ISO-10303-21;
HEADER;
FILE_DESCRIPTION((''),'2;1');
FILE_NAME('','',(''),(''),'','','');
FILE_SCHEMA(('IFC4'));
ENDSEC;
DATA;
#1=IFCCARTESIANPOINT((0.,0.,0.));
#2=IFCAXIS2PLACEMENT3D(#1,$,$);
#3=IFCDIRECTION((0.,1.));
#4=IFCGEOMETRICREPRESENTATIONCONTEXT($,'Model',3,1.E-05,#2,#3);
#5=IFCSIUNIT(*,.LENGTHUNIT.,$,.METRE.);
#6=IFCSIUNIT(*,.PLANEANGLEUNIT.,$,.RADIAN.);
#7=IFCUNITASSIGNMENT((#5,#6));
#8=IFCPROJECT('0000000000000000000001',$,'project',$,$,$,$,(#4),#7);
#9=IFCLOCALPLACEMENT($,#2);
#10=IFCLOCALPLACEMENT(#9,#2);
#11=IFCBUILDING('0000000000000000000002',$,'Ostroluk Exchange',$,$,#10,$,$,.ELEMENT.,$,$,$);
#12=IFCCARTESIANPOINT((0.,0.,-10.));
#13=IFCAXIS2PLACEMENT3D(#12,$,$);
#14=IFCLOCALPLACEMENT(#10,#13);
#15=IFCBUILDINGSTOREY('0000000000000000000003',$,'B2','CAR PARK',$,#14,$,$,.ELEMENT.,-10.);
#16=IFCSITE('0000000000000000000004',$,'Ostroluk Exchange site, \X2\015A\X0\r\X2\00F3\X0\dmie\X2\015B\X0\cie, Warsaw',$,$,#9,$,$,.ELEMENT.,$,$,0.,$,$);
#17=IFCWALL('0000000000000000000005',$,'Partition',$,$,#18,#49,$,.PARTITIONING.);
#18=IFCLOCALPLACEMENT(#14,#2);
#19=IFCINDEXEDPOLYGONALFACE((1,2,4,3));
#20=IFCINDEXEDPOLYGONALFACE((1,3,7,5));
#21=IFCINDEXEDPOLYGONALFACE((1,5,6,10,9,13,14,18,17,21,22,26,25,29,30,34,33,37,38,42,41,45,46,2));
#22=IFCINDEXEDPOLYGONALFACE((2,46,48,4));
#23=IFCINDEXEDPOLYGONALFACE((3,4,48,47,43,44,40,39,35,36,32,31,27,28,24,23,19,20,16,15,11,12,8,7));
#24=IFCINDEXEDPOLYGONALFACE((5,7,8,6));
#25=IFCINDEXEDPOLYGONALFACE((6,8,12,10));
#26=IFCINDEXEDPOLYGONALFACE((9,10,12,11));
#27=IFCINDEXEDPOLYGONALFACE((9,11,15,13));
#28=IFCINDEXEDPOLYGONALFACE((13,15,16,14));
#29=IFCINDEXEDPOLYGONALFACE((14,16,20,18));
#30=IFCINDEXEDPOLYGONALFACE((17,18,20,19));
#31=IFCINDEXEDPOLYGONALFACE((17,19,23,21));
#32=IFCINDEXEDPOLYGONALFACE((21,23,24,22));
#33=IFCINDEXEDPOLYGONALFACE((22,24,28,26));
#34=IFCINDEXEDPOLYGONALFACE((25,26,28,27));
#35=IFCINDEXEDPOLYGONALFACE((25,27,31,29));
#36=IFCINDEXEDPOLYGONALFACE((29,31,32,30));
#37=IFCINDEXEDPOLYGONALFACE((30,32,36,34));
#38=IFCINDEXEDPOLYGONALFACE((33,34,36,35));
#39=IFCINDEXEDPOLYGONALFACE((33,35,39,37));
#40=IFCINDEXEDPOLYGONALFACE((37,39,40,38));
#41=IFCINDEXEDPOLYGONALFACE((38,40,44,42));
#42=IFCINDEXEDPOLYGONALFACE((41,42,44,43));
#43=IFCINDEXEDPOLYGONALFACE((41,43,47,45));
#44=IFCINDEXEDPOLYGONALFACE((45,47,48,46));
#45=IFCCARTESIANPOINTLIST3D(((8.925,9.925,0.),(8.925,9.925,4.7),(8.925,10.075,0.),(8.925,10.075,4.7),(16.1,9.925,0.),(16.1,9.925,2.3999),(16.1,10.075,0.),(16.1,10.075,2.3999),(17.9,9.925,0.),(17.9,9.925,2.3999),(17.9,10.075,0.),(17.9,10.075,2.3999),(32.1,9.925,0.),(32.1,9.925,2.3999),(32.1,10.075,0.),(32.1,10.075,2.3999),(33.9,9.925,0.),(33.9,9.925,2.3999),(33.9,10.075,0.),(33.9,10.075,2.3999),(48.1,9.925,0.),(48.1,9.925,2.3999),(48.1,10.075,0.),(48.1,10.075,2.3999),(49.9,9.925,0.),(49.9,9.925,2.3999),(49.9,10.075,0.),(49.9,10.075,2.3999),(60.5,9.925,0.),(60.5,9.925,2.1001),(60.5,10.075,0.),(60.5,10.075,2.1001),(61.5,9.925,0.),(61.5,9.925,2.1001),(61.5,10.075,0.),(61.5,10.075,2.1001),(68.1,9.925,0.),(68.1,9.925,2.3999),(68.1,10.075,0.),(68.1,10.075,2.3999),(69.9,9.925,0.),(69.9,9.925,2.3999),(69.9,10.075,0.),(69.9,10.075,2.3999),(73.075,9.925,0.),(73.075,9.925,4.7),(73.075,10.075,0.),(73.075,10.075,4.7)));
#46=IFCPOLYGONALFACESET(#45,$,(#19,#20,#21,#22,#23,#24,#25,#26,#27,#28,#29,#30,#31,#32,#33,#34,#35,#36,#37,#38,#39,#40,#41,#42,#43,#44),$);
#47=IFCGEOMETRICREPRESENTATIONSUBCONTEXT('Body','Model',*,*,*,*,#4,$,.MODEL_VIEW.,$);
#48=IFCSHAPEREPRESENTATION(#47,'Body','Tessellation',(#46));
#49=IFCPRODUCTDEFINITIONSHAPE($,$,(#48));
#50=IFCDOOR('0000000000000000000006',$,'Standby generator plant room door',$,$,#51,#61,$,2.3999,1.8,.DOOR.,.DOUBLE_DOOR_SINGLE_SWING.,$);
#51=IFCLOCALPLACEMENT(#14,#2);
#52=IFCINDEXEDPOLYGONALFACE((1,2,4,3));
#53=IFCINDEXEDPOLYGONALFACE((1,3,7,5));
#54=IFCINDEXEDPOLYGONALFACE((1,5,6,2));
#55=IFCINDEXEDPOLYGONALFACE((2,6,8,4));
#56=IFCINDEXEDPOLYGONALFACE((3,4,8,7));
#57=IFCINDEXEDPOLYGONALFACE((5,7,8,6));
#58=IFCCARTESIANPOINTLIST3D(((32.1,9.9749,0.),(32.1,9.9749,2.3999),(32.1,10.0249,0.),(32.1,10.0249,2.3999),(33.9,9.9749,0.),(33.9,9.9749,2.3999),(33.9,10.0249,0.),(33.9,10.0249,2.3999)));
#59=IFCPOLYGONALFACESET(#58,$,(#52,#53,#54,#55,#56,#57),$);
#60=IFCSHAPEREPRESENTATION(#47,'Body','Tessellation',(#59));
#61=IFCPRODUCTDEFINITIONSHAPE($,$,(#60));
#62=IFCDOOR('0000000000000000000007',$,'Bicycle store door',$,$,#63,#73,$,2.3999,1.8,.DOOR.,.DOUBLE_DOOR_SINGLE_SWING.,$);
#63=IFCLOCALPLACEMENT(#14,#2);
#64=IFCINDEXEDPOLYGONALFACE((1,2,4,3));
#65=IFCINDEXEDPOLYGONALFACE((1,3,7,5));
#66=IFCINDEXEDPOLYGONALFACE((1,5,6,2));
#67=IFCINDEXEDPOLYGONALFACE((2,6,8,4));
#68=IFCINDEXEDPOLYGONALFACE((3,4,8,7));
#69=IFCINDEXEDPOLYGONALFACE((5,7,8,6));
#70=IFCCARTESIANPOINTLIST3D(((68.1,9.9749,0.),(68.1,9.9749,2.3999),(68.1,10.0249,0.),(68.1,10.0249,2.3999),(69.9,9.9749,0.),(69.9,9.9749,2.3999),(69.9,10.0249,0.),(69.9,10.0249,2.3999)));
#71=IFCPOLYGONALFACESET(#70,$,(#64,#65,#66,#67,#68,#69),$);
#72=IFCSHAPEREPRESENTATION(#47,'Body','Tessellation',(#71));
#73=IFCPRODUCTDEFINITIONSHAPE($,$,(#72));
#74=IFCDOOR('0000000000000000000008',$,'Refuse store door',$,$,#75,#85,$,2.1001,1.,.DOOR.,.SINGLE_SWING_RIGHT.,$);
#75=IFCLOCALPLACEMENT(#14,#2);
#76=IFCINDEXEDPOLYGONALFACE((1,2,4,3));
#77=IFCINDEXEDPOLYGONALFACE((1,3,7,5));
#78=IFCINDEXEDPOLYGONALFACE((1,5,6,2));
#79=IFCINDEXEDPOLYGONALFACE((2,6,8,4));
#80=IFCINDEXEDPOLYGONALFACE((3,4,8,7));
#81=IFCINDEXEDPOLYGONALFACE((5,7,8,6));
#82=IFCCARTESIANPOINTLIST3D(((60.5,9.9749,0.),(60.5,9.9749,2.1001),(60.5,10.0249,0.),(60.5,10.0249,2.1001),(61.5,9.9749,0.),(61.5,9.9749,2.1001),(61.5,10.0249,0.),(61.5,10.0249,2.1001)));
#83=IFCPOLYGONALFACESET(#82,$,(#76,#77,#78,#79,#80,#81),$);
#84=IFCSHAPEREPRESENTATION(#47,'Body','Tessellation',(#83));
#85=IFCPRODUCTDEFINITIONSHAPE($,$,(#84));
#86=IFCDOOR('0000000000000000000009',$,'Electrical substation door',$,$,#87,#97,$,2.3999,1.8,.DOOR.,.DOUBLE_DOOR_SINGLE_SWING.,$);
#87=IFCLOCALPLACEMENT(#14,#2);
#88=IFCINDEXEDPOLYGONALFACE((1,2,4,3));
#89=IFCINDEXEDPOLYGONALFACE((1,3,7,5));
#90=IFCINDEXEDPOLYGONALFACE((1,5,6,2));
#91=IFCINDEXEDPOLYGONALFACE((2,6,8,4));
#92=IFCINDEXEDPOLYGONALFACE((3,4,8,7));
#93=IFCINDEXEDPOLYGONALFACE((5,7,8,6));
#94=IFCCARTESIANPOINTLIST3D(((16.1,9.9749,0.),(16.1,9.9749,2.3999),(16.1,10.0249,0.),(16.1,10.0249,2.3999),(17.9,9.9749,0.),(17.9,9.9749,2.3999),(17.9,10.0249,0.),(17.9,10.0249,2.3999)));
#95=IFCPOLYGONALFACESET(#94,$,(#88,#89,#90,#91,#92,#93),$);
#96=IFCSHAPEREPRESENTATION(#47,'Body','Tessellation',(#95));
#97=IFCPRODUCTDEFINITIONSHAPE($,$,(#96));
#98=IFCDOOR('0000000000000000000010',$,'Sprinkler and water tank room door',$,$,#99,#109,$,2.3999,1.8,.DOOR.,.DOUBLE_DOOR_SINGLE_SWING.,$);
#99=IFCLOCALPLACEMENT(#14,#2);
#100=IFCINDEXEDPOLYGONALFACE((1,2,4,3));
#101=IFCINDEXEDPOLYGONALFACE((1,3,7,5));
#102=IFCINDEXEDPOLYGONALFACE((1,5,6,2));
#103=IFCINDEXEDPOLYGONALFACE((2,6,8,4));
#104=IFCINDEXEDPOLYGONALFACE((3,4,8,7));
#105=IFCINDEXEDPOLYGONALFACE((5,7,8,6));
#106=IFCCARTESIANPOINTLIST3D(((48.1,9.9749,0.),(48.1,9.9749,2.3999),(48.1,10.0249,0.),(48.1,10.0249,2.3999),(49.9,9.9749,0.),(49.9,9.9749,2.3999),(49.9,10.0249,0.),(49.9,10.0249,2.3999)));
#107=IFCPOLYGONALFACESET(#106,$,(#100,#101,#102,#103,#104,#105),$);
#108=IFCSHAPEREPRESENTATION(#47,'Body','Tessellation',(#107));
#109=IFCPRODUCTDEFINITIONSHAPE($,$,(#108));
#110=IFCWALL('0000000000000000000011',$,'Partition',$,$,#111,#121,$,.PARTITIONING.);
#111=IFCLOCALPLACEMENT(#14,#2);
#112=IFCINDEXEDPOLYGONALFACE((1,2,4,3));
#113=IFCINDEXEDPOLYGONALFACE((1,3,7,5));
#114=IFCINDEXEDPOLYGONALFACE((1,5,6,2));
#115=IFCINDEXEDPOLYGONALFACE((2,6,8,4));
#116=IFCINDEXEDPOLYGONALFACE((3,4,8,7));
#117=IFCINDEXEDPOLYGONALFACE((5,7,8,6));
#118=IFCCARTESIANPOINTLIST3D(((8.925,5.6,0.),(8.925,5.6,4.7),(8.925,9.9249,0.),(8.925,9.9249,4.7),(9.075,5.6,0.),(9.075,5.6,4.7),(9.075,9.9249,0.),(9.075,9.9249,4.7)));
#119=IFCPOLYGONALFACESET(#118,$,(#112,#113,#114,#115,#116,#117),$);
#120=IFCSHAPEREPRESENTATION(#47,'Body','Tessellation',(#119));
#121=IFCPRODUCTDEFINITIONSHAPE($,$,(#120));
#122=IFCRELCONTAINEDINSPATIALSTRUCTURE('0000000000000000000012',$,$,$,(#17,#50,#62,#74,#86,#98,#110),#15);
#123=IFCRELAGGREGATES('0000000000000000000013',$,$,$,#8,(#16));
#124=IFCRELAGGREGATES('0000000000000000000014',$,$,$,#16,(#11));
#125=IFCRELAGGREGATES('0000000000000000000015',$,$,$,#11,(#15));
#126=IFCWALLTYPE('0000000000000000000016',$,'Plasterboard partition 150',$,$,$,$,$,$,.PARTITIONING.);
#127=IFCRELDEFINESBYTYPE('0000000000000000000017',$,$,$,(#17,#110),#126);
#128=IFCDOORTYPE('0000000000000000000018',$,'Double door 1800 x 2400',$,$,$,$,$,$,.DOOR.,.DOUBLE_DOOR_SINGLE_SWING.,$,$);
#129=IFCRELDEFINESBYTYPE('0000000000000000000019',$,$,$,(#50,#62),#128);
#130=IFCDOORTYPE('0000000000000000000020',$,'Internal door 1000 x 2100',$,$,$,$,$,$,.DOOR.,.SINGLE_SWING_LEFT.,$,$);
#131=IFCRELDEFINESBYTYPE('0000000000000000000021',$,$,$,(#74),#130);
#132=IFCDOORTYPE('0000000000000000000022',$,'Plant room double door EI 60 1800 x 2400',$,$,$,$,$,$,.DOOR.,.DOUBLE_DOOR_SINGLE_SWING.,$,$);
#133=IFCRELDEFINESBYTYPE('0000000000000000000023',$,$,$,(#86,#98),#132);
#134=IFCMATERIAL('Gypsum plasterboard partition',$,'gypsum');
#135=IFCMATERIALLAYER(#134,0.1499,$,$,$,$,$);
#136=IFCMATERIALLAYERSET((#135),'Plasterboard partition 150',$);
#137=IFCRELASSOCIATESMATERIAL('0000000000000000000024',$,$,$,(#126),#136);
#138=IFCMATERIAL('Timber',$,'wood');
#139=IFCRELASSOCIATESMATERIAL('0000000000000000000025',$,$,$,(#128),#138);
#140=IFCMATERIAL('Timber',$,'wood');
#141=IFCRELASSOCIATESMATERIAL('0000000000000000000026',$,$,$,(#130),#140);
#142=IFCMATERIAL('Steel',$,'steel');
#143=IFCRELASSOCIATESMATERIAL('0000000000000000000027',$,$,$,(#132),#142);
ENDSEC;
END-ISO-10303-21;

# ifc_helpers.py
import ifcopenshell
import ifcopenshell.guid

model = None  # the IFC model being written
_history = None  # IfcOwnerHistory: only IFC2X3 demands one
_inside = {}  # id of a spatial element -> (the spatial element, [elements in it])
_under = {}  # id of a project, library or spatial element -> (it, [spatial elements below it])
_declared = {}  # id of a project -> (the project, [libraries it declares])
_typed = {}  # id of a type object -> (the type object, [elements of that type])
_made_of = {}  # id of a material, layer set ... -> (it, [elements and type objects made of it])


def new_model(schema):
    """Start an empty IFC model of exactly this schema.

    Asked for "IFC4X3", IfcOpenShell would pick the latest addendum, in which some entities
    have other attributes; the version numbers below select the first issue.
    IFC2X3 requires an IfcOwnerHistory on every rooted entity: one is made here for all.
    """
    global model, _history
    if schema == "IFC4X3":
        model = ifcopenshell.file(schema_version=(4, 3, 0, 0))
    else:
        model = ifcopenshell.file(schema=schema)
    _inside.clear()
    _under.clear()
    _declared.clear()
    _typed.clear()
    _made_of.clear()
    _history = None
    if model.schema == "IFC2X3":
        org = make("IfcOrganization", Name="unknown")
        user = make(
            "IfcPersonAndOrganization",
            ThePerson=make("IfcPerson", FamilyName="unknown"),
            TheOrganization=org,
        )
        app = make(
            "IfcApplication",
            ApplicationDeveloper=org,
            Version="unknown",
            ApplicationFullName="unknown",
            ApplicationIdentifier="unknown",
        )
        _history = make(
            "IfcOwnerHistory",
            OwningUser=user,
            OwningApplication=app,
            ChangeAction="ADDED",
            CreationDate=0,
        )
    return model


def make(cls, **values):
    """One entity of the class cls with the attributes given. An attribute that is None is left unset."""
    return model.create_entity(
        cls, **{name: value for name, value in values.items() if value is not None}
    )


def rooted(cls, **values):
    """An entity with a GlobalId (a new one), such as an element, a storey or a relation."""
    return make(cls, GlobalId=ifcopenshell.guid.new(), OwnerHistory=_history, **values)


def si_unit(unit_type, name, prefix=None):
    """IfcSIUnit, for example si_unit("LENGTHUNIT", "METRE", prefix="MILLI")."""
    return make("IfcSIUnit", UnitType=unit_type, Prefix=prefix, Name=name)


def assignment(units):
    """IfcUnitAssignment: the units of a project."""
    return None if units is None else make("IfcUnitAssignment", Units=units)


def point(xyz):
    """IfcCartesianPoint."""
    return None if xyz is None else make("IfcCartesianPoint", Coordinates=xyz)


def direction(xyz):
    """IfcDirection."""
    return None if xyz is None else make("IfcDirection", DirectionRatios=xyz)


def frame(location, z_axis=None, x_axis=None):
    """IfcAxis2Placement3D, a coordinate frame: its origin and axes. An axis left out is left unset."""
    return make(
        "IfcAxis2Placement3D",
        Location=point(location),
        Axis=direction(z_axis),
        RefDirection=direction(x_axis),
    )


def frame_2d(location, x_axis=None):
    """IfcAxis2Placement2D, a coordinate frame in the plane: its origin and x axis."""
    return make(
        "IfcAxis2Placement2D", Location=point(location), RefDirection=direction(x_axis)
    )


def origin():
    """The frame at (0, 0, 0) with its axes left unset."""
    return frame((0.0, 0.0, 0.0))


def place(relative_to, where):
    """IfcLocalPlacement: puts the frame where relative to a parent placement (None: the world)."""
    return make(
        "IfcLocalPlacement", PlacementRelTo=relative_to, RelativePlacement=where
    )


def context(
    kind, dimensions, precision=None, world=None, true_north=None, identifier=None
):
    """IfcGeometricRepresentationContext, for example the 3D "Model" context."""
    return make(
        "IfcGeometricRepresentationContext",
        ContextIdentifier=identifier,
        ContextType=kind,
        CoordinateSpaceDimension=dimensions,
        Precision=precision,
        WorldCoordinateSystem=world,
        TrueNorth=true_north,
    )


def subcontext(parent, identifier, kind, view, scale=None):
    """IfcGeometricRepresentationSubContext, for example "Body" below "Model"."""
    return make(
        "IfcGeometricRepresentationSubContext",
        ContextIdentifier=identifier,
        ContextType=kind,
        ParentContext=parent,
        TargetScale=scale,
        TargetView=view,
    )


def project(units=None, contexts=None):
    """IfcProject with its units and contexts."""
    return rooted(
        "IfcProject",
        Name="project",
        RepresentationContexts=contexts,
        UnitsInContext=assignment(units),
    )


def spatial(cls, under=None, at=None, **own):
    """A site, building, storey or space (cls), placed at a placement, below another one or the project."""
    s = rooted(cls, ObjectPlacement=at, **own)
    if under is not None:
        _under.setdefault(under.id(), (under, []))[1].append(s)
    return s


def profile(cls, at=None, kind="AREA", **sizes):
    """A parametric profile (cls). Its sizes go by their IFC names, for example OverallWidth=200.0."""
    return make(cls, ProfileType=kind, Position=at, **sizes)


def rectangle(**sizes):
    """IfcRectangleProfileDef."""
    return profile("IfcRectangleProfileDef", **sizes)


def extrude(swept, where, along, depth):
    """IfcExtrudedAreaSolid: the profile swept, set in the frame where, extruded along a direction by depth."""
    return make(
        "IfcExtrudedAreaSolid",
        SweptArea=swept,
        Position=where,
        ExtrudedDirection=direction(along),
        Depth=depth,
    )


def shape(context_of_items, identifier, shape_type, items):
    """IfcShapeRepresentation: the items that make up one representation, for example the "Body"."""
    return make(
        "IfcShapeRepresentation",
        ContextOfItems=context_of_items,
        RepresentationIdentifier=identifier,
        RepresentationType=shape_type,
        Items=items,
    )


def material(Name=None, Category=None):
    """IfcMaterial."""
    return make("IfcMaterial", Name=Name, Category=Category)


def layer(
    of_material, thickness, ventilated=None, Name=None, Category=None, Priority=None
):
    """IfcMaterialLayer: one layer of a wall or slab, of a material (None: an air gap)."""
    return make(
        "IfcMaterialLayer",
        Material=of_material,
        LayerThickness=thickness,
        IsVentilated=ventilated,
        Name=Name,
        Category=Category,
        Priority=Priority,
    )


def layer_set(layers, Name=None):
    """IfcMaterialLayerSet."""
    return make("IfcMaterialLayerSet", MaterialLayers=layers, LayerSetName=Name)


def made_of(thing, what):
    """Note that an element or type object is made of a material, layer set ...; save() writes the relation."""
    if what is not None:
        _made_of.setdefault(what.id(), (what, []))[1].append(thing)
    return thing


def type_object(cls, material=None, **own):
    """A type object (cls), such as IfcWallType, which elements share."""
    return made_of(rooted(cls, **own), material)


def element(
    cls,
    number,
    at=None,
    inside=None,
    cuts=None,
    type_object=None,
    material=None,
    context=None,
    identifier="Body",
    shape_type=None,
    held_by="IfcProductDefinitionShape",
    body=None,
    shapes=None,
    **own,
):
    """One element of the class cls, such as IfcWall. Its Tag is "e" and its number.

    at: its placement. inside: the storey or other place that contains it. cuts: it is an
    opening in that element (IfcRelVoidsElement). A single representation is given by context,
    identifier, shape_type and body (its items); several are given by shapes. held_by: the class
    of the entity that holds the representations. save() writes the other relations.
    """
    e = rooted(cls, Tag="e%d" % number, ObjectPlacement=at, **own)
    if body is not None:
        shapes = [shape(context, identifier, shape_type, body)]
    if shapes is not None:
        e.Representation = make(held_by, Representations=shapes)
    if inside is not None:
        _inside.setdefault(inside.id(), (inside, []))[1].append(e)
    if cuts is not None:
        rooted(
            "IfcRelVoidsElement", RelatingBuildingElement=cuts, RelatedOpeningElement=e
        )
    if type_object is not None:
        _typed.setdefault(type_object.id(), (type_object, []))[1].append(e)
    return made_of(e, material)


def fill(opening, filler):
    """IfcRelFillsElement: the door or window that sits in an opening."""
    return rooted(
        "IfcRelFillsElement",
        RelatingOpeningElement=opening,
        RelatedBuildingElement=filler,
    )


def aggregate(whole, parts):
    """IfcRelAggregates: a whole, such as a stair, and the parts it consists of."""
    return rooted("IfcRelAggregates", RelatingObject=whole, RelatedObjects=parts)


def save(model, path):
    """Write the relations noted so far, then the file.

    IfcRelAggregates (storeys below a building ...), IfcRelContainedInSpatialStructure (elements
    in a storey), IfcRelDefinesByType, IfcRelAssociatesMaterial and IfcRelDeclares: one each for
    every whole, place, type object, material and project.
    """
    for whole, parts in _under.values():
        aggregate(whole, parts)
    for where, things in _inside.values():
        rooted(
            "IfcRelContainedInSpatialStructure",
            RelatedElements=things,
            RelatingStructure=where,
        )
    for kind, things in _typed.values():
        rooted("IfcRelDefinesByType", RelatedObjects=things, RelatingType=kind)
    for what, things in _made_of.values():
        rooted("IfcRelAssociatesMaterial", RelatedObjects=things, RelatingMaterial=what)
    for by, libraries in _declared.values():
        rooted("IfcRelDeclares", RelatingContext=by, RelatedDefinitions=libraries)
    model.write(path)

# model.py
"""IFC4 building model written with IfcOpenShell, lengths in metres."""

from ifc_helpers import new_model, si_unit, direction, frame, frame_2d, origin, place, context, subcontext, project, spatial, rectangle, extrude, material, layer, layer_set, type_object, element, fill, save


model = new_model("IFC4")

# Units and contexts
model_context = context("Model", 3, precision=1e-05, world=origin(), true_north=direction((0.0, 1.0)))
body_context = subcontext(model_context, "Body", "Model", "MODEL_VIEW")
ifc_project = project(units=[si_unit("LENGTHUNIT", "METRE"), si_unit("PLANEANGLEUNIT", "RADIAN")], contexts=[model_context])

# Site, building, storey
site_placement = place(None, origin())
site = spatial("IfcSite", under=ifc_project, at=site_placement, Name="Ostroluk Exchange site, Śródmieście, Warsaw", CompositionType="ELEMENT", RefElevation=0.0)
building_placement = place(site_placement, origin())
building = spatial("IfcBuilding", under=site, at=building_placement, Name="Ostroluk Exchange", CompositionType="ELEMENT")
storey_placement = place(building_placement, frame((0.0, 0.0, -10.0)))
storey = spatial("IfcBuildingStorey", under=building, at=storey_placement, Name="B2", Description="CAR PARK", CompositionType="ELEMENT", Elevation=-10.0)

# Wall, openings, doors
ifc_material_1 = material(Name="Gypsum plasterboard partition", Category="gypsum")
ifc_layer_1 = layer(ifc_material_1, 0.1499)
ifc_layer_set_1 = layer_set([ifc_layer_1], Name="Plasterboard partition 150")
wall_type = type_object("IfcWallType", Name="Plasterboard partition 150", PredefinedType="PARTITIONING", material=ifc_layer_set_1)
wall_1_placement = place(storey_placement, frame((8.925, 10.0, 0.0), z_axis=(0.0, 0.0, 1.0), x_axis=(1.0, 0.0, 0.0)))
wall_1 = element("IfcWall", 1, at=wall_1_placement, inside=storey, type_object=wall_type, Name="Partition", PredefinedType="PARTITIONING", context=body_context, shape_type="SweptSolid", body=[
    extrude(rectangle(XDim=64.1499, YDim=0.1499, at=frame_2d((32.075, 0.0))), origin(), (0.0, 0.0, 1.0), 4.7),
])
opening_1_placement = place(wall_1_placement, frame((7.175, 0.0, 0.0)))
opening_1 = element("IfcOpeningElement", 2, at=opening_1_placement, cuts=wall_1, PredefinedType="OPENING", context=body_context, shape_type="SweptSolid", body=[
    extrude(rectangle(XDim=1.8, YDim=2.3999, at=frame_2d((0.8999, 1.2))), frame((0.0, 0.085, 0.0), z_axis=(0.0, -1.0, 0.0), x_axis=(1.0, 0.0, 0.0)), (0.0, 0.0, 1.0), 0.1699),
])
opening_2_placement = place(wall_1_placement, frame((23.175, 0.0, 0.0)))
opening_2 = element("IfcOpeningElement", 3, at=opening_2_placement, cuts=wall_1, PredefinedType="OPENING", context=body_context, shape_type="SweptSolid", body=[
    extrude(rectangle(XDim=1.8, YDim=2.3999, at=frame_2d((0.8999, 1.2))), frame((0.0, 0.085, 0.0), z_axis=(0.0, -1.0, 0.0), x_axis=(1.0, 0.0, 0.0)), (0.0, 0.0, 1.0), 0.1699),
])
opening_3_placement = place(wall_1_placement, frame((39.175, 0.0, 0.0)))
opening_3 = element("IfcOpeningElement", 4, at=opening_3_placement, cuts=wall_1, PredefinedType="OPENING", context=body_context, shape_type="SweptSolid", body=[
    extrude(rectangle(XDim=1.8, YDim=2.3999, at=frame_2d((0.8999, 1.2))), frame((0.0, 0.085, 0.0), z_axis=(0.0, -1.0, 0.0), x_axis=(1.0, 0.0, 0.0)), (0.0, 0.0, 1.0), 0.1699),
])
opening_4_placement = place(wall_1_placement, frame((51.575, 0.0, 0.0)))
opening_4 = element("IfcOpeningElement", 5, at=opening_4_placement, cuts=wall_1, PredefinedType="OPENING", context=body_context, shape_type="SweptSolid", body=[
    extrude(rectangle(XDim=1.0, YDim=2.1001, at=frame_2d((0.5, 1.05))), frame((0.0, 0.085, 0.0), z_axis=(0.0, -1.0, 0.0), x_axis=(1.0, 0.0, 0.0)), (0.0, 0.0, 1.0), 0.1699),
])
opening_5_placement = place(wall_1_placement, frame((59.175, 0.0, 0.0)))
opening_5 = element("IfcOpeningElement", 6, at=opening_5_placement, cuts=wall_1, PredefinedType="OPENING", context=body_context, shape_type="SweptSolid", body=[
    extrude(rectangle(XDim=1.8, YDim=2.3999, at=frame_2d((0.8999, 1.2))), frame((0.0, 0.085, 0.0), z_axis=(0.0, -1.0, 0.0), x_axis=(1.0, 0.0, 0.0)), (0.0, 0.0, 1.0), 0.1699),
])
ifc_material_2 = material(Name="Timber", Category="wood")
door_type_1 = type_object("IfcDoorType", Name="Double door 1800 x 2400", OperationType="DOUBLE_DOOR_SINGLE_SWING", PredefinedType="DOOR", material=ifc_material_2)
door_1_placement = place(opening_2_placement, origin())
door_1 = element("IfcDoor", 7, at=door_1_placement, inside=storey, type_object=door_type_1, Name="Standby generator plant room door", OperationType="DOUBLE_DOOR_SINGLE_SWING", OverallHeight=2.3999, OverallWidth=1.8, PredefinedType="DOOR", context=body_context, shape_type="SweptSolid", body=[
    extrude(rectangle(XDim=1.8, YDim=2.3999, at=frame_2d((0.8999, 1.2))), frame((0.0, 0.0249, 0.0), z_axis=(0.0, -1.0, 0.0), x_axis=(1.0, 0.0, 0.0)), (0.0, 0.0, 1.0), 0.05),
])
fill(opening_2, door_1)
door_2_placement = place(opening_5_placement, origin())
door_2 = element("IfcDoor", 8, at=door_2_placement, inside=storey, type_object=door_type_1, Name="Bicycle store door", OperationType="DOUBLE_DOOR_SINGLE_SWING", OverallHeight=2.3999, OverallWidth=1.8, PredefinedType="DOOR", context=body_context, shape_type="SweptSolid", body=[
    extrude(rectangle(XDim=1.8, YDim=2.3999, at=frame_2d((0.8999, 1.2))), frame((0.0, 0.0249, 0.0), z_axis=(0.0, -1.0, 0.0), x_axis=(1.0, 0.0, 0.0)), (0.0, 0.0, 1.0), 0.05),
])
fill(opening_5, door_2)
ifc_material_3 = material(Name="Timber", Category="wood")
door_type_2 = type_object("IfcDoorType", Name="Internal door 1000 x 2100", OperationType="SINGLE_SWING_LEFT", PredefinedType="DOOR", material=ifc_material_3)
door_3_placement = place(opening_4_placement, origin())
door_3 = element("IfcDoor", 9, at=door_3_placement, inside=storey, type_object=door_type_2, Name="Refuse store door", OperationType="SINGLE_SWING_RIGHT", OverallHeight=2.1001, OverallWidth=1.0, PredefinedType="DOOR", context=body_context, shape_type="SweptSolid", body=[
    extrude(rectangle(XDim=1.0, YDim=2.1001, at=frame_2d((0.5, 1.05))), frame((0.0, 0.0249, 0.0), z_axis=(0.0, -1.0, 0.0), x_axis=(1.0, 0.0, 0.0)), (0.0, 0.0, 1.0), 0.05),
])
fill(opening_4, door_3)
ifc_material_4 = material(Name="Steel", Category="steel")
door_type_3 = type_object("IfcDoorType", Name="Plant room double door EI 60 1800 x 2400", OperationType="DOUBLE_DOOR_SINGLE_SWING", PredefinedType="DOOR", material=ifc_material_4)
door_4_placement = place(opening_1_placement, origin())
door_4 = element("IfcDoor", 10, at=door_4_placement, inside=storey, type_object=door_type_3, Name="Electrical substation door", OperationType="DOUBLE_DOOR_SINGLE_SWING", OverallHeight=2.3999, OverallWidth=1.8, PredefinedType="DOOR", context=body_context, shape_type="SweptSolid", body=[
    extrude(rectangle(XDim=1.8, YDim=2.3999, at=frame_2d((0.8999, 1.2))), frame((0.0, 0.0249, 0.0), z_axis=(0.0, -1.0, 0.0), x_axis=(1.0, 0.0, 0.0)), (0.0, 0.0, 1.0), 0.05),
])
fill(opening_1, door_4)
door_5_placement = place(opening_3_placement, origin())
door_5 = element("IfcDoor", 11, at=door_5_placement, inside=storey, type_object=door_type_3, Name="Sprinkler and water tank room door", OperationType="DOUBLE_DOOR_SINGLE_SWING", OverallHeight=2.3999, OverallWidth=1.8, PredefinedType="DOOR", context=body_context, shape_type="SweptSolid", body=[
    extrude(rectangle(XDim=1.8, YDim=2.3999, at=frame_2d((0.8999, 1.2))), frame((0.0, 0.0249, 0.0), z_axis=(0.0, -1.0, 0.0), x_axis=(1.0, 0.0, 0.0)), (0.0, 0.0, 1.0), 0.05),
])
fill(opening_3, door_5)

# Wall
wall_2_placement = place(storey_placement, frame((9.0, 9.925, 0.0), z_axis=(0.0, 0.0, 1.0), x_axis=(0.0, -1.0, 0.0)))
element("IfcWall", 12, at=wall_2_placement, inside=storey, type_object=wall_type, Name="Partition", PredefinedType="PARTITIONING", context=body_context, shape_type="SweptSolid", body=[
    extrude(rectangle(XDim=4.325, YDim=0.1499, at=frame_2d((2.1626, 0.0))), origin(), (0.0, 0.0, 1.0), 4.7),
])

save(model, "model.ifc")
